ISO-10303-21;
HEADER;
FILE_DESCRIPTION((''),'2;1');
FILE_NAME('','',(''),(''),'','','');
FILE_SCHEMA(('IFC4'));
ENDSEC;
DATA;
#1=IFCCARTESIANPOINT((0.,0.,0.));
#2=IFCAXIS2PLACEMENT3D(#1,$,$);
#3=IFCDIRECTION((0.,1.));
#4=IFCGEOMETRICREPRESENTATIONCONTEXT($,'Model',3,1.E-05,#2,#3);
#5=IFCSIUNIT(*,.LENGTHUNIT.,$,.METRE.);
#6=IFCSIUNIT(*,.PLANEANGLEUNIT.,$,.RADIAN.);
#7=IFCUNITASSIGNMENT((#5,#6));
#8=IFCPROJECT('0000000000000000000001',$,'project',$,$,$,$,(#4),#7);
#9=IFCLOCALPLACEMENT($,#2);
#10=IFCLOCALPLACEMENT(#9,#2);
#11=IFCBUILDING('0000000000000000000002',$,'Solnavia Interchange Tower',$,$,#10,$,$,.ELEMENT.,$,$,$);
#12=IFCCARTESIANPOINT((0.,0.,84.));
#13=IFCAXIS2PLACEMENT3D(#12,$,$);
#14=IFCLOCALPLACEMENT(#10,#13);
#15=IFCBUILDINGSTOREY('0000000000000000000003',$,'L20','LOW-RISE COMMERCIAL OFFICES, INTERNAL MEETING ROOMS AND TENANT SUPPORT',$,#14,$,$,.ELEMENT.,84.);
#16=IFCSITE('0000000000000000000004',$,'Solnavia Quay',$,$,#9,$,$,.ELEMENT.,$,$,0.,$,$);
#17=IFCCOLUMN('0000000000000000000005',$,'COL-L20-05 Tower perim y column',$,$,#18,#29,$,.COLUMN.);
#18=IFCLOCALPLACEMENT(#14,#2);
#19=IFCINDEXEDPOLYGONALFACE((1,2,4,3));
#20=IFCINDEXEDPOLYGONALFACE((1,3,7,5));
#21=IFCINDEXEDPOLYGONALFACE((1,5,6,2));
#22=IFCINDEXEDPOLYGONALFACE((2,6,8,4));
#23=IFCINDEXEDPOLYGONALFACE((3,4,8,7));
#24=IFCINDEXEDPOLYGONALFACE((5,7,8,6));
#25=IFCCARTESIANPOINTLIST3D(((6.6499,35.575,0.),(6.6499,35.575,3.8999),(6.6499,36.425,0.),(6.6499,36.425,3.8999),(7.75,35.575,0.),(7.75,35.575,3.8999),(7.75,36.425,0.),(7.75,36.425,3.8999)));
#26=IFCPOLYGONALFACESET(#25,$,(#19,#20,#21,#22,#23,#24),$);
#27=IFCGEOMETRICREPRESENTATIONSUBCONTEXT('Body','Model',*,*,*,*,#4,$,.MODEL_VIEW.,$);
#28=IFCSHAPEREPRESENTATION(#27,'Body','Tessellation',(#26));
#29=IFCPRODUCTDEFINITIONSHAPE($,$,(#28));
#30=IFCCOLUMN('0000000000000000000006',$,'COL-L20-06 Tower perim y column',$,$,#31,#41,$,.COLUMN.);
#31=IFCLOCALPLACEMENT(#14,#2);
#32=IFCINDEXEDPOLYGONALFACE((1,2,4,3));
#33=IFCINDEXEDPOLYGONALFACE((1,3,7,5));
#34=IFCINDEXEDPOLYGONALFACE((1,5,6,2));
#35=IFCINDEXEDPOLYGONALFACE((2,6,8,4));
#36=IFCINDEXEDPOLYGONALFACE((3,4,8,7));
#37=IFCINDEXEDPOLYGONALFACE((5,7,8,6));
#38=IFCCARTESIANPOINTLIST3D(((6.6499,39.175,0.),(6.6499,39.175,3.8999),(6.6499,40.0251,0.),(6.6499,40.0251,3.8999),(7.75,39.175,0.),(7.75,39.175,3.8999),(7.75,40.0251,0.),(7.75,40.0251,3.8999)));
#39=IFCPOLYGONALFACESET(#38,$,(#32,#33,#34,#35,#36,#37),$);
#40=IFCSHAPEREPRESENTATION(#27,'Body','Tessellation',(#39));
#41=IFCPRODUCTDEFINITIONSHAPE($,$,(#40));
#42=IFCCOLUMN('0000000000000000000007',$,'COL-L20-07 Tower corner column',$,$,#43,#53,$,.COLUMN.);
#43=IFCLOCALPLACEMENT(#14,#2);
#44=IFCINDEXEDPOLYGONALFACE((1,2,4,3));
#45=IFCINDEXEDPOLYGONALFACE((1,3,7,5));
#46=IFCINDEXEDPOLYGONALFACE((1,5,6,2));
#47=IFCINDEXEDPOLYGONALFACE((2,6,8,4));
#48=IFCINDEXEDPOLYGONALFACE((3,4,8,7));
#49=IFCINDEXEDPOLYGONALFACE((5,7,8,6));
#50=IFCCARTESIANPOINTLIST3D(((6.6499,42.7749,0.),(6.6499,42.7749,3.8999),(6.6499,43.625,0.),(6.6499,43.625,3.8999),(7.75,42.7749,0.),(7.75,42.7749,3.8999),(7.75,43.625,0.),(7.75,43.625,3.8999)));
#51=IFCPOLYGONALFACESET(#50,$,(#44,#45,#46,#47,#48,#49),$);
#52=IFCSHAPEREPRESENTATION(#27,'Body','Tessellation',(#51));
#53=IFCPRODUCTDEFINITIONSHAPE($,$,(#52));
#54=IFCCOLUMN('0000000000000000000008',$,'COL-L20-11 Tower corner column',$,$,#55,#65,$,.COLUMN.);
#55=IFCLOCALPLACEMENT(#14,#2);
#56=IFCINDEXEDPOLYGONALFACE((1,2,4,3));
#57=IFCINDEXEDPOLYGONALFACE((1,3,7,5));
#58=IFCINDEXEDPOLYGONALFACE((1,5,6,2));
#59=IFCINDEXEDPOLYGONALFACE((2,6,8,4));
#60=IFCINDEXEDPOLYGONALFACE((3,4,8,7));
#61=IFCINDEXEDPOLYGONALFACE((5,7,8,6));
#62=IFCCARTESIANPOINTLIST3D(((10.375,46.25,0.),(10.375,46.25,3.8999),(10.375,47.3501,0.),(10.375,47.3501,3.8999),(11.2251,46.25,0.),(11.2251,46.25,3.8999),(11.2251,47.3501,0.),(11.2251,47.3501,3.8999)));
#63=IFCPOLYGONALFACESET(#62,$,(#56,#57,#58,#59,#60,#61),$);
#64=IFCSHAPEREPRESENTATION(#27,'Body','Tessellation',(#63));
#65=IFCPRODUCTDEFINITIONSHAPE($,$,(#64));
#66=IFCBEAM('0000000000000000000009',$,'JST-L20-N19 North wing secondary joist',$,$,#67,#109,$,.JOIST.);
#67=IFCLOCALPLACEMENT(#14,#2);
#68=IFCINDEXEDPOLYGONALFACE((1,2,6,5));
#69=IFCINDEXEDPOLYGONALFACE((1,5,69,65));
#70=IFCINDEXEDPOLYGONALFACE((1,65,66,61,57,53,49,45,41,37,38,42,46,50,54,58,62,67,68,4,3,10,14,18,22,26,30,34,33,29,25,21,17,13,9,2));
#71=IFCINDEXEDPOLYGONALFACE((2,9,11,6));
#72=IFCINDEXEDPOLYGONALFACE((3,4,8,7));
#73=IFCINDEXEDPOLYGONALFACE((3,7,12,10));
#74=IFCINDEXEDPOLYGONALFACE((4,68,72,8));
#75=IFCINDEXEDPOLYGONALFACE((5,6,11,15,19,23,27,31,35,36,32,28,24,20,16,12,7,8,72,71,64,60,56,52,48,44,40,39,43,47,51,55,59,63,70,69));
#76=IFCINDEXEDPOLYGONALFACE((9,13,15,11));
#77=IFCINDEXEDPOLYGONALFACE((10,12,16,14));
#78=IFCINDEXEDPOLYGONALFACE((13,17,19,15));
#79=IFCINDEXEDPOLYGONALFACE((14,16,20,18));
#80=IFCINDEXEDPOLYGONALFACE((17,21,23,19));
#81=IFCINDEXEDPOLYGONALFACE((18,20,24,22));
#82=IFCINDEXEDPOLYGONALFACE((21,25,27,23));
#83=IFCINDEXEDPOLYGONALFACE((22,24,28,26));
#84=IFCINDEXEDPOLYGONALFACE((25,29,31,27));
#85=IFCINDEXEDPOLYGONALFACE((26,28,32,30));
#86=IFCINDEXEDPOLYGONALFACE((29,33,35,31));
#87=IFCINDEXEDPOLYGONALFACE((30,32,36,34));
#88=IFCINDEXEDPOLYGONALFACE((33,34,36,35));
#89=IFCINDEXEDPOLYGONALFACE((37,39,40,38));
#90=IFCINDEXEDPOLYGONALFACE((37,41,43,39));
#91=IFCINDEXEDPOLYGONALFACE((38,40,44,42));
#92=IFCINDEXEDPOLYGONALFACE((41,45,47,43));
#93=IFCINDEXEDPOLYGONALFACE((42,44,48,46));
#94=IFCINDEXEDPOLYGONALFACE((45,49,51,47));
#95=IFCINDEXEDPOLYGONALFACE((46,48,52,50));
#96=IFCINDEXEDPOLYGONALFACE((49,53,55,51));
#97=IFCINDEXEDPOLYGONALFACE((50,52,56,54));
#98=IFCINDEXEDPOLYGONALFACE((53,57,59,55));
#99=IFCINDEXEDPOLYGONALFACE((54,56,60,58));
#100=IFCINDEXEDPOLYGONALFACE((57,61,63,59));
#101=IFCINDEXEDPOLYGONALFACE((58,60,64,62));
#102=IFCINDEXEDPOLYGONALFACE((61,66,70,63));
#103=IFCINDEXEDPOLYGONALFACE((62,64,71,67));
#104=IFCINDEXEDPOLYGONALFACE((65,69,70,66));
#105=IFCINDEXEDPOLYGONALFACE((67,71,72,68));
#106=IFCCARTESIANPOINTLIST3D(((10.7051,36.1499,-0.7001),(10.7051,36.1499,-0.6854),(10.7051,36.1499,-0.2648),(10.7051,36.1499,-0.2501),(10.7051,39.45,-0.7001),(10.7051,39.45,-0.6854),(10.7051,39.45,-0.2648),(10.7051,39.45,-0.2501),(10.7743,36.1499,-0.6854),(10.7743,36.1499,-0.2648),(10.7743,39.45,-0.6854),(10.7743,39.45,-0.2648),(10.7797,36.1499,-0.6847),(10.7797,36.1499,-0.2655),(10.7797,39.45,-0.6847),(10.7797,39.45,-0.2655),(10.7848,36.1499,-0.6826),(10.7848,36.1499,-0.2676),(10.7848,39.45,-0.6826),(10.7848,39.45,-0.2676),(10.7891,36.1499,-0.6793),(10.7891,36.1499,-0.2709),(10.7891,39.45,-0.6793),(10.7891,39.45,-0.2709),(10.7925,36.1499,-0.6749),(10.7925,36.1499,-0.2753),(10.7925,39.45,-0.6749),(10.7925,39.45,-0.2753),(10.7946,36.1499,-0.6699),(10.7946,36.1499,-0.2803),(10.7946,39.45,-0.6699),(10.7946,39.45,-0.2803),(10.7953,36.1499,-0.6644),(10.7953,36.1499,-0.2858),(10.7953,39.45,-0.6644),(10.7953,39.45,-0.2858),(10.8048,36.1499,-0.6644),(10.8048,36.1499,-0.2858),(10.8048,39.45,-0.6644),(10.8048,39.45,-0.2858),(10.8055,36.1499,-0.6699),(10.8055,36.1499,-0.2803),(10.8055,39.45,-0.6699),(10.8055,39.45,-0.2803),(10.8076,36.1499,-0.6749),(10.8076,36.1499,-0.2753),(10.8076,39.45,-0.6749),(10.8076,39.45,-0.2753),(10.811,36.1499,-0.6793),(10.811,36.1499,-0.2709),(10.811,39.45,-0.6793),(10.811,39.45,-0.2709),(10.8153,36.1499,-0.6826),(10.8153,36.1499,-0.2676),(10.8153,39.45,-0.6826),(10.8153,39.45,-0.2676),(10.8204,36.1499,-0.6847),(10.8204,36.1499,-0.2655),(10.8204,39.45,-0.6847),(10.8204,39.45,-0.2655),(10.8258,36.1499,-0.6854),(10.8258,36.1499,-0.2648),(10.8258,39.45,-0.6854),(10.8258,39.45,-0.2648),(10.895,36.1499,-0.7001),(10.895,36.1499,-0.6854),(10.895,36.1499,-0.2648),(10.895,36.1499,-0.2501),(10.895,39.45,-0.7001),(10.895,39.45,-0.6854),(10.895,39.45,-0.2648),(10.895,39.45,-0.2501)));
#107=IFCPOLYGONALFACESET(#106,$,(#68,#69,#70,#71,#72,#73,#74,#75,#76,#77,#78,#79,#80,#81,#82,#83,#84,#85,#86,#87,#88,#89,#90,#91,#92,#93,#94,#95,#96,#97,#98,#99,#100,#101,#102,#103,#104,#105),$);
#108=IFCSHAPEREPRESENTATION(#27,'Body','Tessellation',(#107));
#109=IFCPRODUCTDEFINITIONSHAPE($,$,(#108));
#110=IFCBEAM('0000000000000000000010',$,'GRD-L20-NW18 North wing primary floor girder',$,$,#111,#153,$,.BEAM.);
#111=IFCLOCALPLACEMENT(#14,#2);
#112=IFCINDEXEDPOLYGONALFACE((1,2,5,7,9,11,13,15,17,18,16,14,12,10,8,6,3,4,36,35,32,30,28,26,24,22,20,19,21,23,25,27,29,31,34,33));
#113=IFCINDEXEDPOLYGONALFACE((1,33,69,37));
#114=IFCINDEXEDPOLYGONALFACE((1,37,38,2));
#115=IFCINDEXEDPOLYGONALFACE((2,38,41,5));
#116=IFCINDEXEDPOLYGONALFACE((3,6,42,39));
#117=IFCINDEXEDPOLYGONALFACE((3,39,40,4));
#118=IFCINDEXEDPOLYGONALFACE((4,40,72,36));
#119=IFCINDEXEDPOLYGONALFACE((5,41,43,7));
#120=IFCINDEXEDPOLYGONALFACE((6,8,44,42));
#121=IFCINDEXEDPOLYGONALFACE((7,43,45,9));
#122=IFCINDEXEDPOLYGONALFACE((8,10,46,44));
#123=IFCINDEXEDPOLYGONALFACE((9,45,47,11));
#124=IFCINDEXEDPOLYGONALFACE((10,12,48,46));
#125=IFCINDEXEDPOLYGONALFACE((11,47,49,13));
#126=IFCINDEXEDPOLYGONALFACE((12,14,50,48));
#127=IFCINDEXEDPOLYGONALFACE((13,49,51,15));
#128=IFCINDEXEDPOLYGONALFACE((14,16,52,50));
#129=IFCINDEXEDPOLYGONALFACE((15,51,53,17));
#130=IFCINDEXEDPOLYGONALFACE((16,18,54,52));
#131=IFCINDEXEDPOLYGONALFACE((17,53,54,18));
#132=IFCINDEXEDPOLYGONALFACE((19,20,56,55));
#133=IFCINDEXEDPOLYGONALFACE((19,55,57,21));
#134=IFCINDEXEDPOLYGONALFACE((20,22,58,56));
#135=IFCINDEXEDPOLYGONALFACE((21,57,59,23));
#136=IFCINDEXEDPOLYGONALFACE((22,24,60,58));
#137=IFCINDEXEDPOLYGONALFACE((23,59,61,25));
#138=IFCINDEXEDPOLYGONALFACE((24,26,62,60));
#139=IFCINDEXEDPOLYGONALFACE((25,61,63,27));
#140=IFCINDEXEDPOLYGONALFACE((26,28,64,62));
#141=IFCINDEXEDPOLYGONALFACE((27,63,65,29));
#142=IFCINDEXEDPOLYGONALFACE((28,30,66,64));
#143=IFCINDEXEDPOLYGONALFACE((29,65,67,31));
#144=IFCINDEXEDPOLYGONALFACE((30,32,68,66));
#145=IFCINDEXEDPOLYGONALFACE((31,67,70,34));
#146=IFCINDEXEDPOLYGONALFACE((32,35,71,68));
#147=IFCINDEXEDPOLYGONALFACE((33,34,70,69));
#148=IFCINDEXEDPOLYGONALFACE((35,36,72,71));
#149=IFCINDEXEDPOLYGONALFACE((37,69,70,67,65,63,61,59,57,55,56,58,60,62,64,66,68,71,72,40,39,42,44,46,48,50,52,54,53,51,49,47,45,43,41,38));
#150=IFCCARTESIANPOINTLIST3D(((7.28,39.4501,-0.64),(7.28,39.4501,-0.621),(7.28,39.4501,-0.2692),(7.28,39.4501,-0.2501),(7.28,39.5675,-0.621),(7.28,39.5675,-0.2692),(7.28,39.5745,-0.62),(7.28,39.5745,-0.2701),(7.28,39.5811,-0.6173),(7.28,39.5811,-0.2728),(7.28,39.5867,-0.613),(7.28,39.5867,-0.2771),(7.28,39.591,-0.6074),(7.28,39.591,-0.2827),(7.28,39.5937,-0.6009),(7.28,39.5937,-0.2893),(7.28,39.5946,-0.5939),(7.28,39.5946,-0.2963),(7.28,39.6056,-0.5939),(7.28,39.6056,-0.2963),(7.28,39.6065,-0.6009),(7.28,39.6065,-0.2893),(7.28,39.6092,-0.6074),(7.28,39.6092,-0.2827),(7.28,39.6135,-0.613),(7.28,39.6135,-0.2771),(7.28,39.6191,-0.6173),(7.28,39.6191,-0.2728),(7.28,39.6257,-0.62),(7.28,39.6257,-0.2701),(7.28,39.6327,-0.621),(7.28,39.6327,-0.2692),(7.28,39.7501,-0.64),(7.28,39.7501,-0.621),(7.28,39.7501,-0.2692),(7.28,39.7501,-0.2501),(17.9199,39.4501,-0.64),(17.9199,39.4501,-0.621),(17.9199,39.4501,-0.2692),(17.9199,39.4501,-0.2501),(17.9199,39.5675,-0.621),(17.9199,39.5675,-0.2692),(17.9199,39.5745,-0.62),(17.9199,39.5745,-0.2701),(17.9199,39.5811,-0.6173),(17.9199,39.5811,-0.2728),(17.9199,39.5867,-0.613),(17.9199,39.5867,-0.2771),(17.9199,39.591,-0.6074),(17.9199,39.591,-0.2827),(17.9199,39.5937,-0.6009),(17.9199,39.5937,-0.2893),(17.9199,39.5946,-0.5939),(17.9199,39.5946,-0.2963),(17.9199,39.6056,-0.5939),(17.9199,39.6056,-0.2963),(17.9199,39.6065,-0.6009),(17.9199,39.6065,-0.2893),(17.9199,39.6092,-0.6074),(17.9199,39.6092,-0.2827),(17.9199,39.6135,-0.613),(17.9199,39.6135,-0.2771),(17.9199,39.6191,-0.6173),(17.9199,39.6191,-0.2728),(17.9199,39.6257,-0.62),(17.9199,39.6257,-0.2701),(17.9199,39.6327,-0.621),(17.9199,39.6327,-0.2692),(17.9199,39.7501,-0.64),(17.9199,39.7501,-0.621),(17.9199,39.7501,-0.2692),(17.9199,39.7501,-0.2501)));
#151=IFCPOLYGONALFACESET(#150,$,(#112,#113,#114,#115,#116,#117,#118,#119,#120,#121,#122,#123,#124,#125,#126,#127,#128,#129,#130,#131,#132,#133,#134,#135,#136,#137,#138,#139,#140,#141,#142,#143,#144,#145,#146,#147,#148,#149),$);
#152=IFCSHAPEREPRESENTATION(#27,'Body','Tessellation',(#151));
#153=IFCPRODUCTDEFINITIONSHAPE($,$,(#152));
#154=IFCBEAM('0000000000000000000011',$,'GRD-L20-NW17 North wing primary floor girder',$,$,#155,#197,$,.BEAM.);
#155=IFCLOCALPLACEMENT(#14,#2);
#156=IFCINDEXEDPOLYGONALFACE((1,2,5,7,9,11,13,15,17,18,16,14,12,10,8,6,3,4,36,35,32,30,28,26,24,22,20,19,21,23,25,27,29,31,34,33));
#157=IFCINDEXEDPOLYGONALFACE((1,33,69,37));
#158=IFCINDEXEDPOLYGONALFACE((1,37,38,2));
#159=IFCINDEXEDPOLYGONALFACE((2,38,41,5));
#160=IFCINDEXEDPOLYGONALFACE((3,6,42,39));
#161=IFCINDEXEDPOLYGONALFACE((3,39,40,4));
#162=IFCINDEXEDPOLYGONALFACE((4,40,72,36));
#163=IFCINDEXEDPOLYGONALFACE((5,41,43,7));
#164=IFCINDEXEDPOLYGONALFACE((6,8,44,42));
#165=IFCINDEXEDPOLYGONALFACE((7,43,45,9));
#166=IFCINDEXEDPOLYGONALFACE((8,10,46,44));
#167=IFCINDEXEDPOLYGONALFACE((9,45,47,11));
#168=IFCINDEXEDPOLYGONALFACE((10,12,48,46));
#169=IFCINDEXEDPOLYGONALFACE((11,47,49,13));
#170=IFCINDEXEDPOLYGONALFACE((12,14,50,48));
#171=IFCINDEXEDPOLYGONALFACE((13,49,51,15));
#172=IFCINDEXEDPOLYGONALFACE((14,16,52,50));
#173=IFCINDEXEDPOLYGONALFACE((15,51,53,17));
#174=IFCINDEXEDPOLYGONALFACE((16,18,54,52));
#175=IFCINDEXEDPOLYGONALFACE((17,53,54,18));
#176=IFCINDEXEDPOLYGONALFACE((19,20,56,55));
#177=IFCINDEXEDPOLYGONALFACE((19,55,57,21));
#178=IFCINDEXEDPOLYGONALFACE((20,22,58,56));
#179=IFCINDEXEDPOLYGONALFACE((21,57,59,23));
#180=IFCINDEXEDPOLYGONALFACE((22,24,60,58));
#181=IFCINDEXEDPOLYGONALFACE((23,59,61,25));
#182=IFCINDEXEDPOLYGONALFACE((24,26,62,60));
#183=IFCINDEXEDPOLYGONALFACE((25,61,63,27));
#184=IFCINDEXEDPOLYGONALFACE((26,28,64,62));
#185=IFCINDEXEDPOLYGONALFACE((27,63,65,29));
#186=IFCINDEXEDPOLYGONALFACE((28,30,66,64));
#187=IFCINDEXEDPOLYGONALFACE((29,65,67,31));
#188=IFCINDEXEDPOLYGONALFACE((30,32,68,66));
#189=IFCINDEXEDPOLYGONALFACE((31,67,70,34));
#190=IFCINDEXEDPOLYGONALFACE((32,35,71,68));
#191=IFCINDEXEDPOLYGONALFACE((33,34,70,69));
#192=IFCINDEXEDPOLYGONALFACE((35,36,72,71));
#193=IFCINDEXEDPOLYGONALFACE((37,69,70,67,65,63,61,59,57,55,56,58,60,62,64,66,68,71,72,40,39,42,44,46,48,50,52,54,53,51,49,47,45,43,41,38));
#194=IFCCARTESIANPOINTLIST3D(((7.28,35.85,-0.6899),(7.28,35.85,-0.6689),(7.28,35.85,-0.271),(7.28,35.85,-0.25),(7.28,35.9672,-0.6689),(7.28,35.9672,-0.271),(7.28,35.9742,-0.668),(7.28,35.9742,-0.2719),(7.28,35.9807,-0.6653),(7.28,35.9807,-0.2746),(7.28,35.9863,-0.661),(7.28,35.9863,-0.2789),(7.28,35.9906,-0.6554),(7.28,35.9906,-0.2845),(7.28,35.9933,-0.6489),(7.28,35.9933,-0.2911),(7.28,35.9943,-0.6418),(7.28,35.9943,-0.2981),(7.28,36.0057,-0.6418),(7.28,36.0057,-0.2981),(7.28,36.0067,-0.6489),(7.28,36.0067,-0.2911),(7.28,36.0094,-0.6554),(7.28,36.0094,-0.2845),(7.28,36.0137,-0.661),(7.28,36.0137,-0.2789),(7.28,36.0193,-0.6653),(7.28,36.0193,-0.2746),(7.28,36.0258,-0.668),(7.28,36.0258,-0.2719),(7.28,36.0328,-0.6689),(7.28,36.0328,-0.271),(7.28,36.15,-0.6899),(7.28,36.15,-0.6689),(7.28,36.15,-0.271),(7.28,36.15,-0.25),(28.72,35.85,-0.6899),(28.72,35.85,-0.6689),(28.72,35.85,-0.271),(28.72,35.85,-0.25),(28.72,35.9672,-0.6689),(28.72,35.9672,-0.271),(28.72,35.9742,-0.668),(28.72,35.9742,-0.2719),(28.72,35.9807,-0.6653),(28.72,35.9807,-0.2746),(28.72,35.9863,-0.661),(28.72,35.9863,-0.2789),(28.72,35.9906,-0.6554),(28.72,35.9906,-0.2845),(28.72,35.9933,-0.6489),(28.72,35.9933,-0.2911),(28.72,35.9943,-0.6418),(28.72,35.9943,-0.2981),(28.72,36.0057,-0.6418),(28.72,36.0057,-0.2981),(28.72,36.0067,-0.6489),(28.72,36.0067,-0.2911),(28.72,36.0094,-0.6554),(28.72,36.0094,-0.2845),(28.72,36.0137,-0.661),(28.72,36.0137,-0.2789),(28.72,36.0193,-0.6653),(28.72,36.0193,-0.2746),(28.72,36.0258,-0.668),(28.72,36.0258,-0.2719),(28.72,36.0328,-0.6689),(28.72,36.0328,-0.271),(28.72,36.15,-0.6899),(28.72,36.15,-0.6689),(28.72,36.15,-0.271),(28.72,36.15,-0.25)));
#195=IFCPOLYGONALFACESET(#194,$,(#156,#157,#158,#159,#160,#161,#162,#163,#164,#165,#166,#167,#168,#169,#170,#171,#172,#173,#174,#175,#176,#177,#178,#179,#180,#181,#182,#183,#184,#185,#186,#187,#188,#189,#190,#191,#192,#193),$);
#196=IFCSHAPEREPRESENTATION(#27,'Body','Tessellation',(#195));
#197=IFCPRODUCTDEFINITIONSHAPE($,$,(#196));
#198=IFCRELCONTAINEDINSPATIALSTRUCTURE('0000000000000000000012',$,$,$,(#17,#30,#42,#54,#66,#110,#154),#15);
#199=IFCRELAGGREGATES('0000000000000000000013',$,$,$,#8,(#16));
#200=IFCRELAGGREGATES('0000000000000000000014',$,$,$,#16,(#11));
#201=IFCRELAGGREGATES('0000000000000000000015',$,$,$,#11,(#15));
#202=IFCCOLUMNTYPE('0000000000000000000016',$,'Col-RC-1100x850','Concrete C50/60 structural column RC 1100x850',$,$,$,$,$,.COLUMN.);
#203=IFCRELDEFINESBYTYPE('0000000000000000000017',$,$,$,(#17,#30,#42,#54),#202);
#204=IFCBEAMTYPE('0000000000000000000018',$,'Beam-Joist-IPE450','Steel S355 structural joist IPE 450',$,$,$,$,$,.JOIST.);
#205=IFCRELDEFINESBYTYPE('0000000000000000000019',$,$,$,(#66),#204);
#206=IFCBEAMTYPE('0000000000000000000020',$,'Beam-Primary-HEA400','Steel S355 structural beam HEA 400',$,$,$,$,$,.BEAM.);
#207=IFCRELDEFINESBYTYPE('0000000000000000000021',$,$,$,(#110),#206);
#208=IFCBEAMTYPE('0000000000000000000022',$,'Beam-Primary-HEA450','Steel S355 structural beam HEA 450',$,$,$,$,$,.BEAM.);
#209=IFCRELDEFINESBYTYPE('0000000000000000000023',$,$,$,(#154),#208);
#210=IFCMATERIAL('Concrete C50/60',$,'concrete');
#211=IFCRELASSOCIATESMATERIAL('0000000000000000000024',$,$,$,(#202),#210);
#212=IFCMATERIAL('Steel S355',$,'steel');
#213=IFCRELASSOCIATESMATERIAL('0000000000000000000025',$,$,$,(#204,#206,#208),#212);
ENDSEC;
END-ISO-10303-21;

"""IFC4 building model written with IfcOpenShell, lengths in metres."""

from ifc_helpers import new_model, si_unit, direction, frame, origin, origin_2d, place, context, subcontext, project, spatial, rectangle, i_section, extrude, material, material_profile, profile_set, type_object, element, save


model = new_model("IFC4")

# Units and contexts
model_context = context("Model", 3, precision=1e-05, world=origin(), true_north=direction((0.0, 1.0)))
body_context = subcontext(model_context, "Body", "Model", "MODEL_VIEW")
ifc_project = project(units=[si_unit("LENGTHUNIT", "METRE"), si_unit("PLANEANGLEUNIT", "RADIAN")], contexts=[model_context])

# Site, building, storey
site_placement = place(None, origin())
site = spatial("IfcSite", under=ifc_project, at=site_placement, Name="Solnavia Quay", CompositionType="ELEMENT", RefElevation=0.0)
building_placement = place(site_placement, origin())
building = spatial("IfcBuilding", under=site, at=building_placement, Name="Solnavia Interchange Tower", CompositionType="ELEMENT")
storey_placement = place(building_placement, frame((0.0, 0.0, 84.0)))
storey = spatial("IfcBuildingStorey", under=building, at=storey_placement, Name="L20", Description="LOW-RISE COMMERCIAL OFFICES, INTERNAL MEETING ROOMS AND TENANT SUPPORT", CompositionType="ELEMENT", Elevation=84.0)

# Columns
ifc_material_1 = material(Name="Concrete C50/60", Category="concrete")
ifc_material_profile_1 = material_profile(ifc_material_1, rectangle(XDim=0.8501, YDim=1.1001, at=origin_2d()), Name="RC 1100x850")
ifc_profile_set_1 = profile_set([ifc_material_profile_1], Name="Concrete C50/60")
column_type = type_object("IfcColumnType", Name="Col-RC-1100x850", Description="Concrete C50/60 structural column RC 1100x850", PredefinedType="COLUMN", material=ifc_profile_set_1)
for number, where, z_axis, x_axis, name in (
    (1, (7.2, 36.0, 0.0), (0.0, 0.0, 1.0), (0.0, 1.0, 0.0), "COL-L20-05 Tower perim y column"),
    (2, (7.2, 39.6001, 0.0), (0.0, 0.0, 1.0), (0.0, 1.0, 0.0), "COL-L20-06 Tower perim y column"),
    (3, (7.2, 43.2, 0.0), (0.0, 0.0, 1.0), (0.0, 1.0, 0.0), "COL-L20-07 Tower corner column"),
    (4, (10.8, 46.8, 0.0), (0.0, 0.0, 1.0), (1.0, 0.0, 0.0), "COL-L20-11 Tower corner column"),
):
    element("IfcColumn", number, at=place(storey_placement, frame(where, z_axis=z_axis, x_axis=x_axis)), inside=storey, type_object=column_type, Name=name, PredefinedType="COLUMN", context=body_context, shape_type="SweptSolid", body=[
        extrude(rectangle(XDim=0.8501, YDim=1.1001, at=origin_2d()), origin(), (0.0, 0.0, 1.0), 3.8999),
    ])

# Beams
ifc_material_2 = material(Name="Steel S355", Category="steel")
ifc_material_profile_2 = material_profile(ifc_material_2, i_section(OverallWidth=0.1899, OverallDepth=0.45, WebThickness=0.0095, FlangeThickness=0.0146, FilletRadius=0.021, at=origin_2d()), Name="IPE 450")
ifc_profile_set_2 = profile_set([ifc_material_profile_2], Name="Steel S355")
beam_type_1 = type_object("IfcBeamType", Name="Beam-Joist-IPE450", Description="Steel S355 structural joist IPE 450", PredefinedType="JOIST", material=ifc_profile_set_2)
beam_1_placement = place(storey_placement, frame((10.8, 36.1499, -0.4751), z_axis=(0.0, 1.0, 0.0), x_axis=(-1.0, 0.0, 0.0)))
element("IfcBeam", 5, at=beam_1_placement, inside=storey, type_object=beam_type_1, Name="JST-L20-N19 North wing secondary joist", PredefinedType="JOIST", context=body_context, shape_type="SweptSolid", body=[
    extrude(i_section(OverallWidth=0.1899, OverallDepth=0.45, WebThickness=0.0095, FlangeThickness=0.0146, FilletRadius=0.021, at=origin_2d()), origin(), (0.0, 0.0, 1.0), 3.3),
])
ifc_material_profile_3 = material_profile(ifc_material_2, i_section(OverallWidth=0.3, OverallDepth=0.3899, WebThickness=0.011, FlangeThickness=0.019, FilletRadius=0.0271, at=origin_2d()), Name="HEA 400")
ifc_profile_set_3 = profile_set([ifc_material_profile_3], Name="Steel S355")
beam_type_2 = type_object("IfcBeamType", Name="Beam-Primary-HEA400", Description="Steel S355 structural beam HEA 400", PredefinedType="BEAM", material=ifc_profile_set_3)
beam_2_placement = place(storey_placement, frame((7.28, 39.6001, -0.4451), z_axis=(1.0, 0.0, 0.0), x_axis=(0.0, 1.0, 0.0)))
element("IfcBeam", 6, at=beam_2_placement, inside=storey, type_object=beam_type_2, Name="GRD-L20-NW18 North wing primary floor girder", PredefinedType="BEAM", context=body_context, shape_type="SweptSolid", body=[
    extrude(i_section(OverallWidth=0.3, OverallDepth=0.3899, WebThickness=0.011, FlangeThickness=0.019, FilletRadius=0.0271, at=origin_2d()), origin(), (0.0, 0.0, 1.0), 10.6399),
])
ifc_material_profile_4 = material_profile(ifc_material_2, i_section(OverallWidth=0.3, OverallDepth=0.4399, WebThickness=0.0115, FlangeThickness=0.021, FilletRadius=0.0271, at=origin_2d()), Name="HEA 450")
ifc_profile_set_4 = profile_set([ifc_material_profile_4], Name="Steel S355")
beam_type_3 = type_object("IfcBeamType", Name="Beam-Primary-HEA450", Description="Steel S355 structural beam HEA 450", PredefinedType="BEAM", material=ifc_profile_set_4)
beam_3_placement = place(storey_placement, frame((7.28, 36.0, -0.47), z_axis=(1.0, 0.0, 0.0), x_axis=(0.0, 1.0, 0.0)))
element("IfcBeam", 7, at=beam_3_placement, inside=storey, type_object=beam_type_3, Name="GRD-L20-NW17 North wing primary floor girder", PredefinedType="BEAM", context=body_context, shape_type="SweptSolid", body=[
    extrude(i_section(OverallWidth=0.3, OverallDepth=0.4399, WebThickness=0.0115, FlangeThickness=0.021, FilletRadius=0.0271, at=origin_2d()), origin(), (0.0, 0.0, 1.0), 21.4399),
])

save(model, "model.ifc")
